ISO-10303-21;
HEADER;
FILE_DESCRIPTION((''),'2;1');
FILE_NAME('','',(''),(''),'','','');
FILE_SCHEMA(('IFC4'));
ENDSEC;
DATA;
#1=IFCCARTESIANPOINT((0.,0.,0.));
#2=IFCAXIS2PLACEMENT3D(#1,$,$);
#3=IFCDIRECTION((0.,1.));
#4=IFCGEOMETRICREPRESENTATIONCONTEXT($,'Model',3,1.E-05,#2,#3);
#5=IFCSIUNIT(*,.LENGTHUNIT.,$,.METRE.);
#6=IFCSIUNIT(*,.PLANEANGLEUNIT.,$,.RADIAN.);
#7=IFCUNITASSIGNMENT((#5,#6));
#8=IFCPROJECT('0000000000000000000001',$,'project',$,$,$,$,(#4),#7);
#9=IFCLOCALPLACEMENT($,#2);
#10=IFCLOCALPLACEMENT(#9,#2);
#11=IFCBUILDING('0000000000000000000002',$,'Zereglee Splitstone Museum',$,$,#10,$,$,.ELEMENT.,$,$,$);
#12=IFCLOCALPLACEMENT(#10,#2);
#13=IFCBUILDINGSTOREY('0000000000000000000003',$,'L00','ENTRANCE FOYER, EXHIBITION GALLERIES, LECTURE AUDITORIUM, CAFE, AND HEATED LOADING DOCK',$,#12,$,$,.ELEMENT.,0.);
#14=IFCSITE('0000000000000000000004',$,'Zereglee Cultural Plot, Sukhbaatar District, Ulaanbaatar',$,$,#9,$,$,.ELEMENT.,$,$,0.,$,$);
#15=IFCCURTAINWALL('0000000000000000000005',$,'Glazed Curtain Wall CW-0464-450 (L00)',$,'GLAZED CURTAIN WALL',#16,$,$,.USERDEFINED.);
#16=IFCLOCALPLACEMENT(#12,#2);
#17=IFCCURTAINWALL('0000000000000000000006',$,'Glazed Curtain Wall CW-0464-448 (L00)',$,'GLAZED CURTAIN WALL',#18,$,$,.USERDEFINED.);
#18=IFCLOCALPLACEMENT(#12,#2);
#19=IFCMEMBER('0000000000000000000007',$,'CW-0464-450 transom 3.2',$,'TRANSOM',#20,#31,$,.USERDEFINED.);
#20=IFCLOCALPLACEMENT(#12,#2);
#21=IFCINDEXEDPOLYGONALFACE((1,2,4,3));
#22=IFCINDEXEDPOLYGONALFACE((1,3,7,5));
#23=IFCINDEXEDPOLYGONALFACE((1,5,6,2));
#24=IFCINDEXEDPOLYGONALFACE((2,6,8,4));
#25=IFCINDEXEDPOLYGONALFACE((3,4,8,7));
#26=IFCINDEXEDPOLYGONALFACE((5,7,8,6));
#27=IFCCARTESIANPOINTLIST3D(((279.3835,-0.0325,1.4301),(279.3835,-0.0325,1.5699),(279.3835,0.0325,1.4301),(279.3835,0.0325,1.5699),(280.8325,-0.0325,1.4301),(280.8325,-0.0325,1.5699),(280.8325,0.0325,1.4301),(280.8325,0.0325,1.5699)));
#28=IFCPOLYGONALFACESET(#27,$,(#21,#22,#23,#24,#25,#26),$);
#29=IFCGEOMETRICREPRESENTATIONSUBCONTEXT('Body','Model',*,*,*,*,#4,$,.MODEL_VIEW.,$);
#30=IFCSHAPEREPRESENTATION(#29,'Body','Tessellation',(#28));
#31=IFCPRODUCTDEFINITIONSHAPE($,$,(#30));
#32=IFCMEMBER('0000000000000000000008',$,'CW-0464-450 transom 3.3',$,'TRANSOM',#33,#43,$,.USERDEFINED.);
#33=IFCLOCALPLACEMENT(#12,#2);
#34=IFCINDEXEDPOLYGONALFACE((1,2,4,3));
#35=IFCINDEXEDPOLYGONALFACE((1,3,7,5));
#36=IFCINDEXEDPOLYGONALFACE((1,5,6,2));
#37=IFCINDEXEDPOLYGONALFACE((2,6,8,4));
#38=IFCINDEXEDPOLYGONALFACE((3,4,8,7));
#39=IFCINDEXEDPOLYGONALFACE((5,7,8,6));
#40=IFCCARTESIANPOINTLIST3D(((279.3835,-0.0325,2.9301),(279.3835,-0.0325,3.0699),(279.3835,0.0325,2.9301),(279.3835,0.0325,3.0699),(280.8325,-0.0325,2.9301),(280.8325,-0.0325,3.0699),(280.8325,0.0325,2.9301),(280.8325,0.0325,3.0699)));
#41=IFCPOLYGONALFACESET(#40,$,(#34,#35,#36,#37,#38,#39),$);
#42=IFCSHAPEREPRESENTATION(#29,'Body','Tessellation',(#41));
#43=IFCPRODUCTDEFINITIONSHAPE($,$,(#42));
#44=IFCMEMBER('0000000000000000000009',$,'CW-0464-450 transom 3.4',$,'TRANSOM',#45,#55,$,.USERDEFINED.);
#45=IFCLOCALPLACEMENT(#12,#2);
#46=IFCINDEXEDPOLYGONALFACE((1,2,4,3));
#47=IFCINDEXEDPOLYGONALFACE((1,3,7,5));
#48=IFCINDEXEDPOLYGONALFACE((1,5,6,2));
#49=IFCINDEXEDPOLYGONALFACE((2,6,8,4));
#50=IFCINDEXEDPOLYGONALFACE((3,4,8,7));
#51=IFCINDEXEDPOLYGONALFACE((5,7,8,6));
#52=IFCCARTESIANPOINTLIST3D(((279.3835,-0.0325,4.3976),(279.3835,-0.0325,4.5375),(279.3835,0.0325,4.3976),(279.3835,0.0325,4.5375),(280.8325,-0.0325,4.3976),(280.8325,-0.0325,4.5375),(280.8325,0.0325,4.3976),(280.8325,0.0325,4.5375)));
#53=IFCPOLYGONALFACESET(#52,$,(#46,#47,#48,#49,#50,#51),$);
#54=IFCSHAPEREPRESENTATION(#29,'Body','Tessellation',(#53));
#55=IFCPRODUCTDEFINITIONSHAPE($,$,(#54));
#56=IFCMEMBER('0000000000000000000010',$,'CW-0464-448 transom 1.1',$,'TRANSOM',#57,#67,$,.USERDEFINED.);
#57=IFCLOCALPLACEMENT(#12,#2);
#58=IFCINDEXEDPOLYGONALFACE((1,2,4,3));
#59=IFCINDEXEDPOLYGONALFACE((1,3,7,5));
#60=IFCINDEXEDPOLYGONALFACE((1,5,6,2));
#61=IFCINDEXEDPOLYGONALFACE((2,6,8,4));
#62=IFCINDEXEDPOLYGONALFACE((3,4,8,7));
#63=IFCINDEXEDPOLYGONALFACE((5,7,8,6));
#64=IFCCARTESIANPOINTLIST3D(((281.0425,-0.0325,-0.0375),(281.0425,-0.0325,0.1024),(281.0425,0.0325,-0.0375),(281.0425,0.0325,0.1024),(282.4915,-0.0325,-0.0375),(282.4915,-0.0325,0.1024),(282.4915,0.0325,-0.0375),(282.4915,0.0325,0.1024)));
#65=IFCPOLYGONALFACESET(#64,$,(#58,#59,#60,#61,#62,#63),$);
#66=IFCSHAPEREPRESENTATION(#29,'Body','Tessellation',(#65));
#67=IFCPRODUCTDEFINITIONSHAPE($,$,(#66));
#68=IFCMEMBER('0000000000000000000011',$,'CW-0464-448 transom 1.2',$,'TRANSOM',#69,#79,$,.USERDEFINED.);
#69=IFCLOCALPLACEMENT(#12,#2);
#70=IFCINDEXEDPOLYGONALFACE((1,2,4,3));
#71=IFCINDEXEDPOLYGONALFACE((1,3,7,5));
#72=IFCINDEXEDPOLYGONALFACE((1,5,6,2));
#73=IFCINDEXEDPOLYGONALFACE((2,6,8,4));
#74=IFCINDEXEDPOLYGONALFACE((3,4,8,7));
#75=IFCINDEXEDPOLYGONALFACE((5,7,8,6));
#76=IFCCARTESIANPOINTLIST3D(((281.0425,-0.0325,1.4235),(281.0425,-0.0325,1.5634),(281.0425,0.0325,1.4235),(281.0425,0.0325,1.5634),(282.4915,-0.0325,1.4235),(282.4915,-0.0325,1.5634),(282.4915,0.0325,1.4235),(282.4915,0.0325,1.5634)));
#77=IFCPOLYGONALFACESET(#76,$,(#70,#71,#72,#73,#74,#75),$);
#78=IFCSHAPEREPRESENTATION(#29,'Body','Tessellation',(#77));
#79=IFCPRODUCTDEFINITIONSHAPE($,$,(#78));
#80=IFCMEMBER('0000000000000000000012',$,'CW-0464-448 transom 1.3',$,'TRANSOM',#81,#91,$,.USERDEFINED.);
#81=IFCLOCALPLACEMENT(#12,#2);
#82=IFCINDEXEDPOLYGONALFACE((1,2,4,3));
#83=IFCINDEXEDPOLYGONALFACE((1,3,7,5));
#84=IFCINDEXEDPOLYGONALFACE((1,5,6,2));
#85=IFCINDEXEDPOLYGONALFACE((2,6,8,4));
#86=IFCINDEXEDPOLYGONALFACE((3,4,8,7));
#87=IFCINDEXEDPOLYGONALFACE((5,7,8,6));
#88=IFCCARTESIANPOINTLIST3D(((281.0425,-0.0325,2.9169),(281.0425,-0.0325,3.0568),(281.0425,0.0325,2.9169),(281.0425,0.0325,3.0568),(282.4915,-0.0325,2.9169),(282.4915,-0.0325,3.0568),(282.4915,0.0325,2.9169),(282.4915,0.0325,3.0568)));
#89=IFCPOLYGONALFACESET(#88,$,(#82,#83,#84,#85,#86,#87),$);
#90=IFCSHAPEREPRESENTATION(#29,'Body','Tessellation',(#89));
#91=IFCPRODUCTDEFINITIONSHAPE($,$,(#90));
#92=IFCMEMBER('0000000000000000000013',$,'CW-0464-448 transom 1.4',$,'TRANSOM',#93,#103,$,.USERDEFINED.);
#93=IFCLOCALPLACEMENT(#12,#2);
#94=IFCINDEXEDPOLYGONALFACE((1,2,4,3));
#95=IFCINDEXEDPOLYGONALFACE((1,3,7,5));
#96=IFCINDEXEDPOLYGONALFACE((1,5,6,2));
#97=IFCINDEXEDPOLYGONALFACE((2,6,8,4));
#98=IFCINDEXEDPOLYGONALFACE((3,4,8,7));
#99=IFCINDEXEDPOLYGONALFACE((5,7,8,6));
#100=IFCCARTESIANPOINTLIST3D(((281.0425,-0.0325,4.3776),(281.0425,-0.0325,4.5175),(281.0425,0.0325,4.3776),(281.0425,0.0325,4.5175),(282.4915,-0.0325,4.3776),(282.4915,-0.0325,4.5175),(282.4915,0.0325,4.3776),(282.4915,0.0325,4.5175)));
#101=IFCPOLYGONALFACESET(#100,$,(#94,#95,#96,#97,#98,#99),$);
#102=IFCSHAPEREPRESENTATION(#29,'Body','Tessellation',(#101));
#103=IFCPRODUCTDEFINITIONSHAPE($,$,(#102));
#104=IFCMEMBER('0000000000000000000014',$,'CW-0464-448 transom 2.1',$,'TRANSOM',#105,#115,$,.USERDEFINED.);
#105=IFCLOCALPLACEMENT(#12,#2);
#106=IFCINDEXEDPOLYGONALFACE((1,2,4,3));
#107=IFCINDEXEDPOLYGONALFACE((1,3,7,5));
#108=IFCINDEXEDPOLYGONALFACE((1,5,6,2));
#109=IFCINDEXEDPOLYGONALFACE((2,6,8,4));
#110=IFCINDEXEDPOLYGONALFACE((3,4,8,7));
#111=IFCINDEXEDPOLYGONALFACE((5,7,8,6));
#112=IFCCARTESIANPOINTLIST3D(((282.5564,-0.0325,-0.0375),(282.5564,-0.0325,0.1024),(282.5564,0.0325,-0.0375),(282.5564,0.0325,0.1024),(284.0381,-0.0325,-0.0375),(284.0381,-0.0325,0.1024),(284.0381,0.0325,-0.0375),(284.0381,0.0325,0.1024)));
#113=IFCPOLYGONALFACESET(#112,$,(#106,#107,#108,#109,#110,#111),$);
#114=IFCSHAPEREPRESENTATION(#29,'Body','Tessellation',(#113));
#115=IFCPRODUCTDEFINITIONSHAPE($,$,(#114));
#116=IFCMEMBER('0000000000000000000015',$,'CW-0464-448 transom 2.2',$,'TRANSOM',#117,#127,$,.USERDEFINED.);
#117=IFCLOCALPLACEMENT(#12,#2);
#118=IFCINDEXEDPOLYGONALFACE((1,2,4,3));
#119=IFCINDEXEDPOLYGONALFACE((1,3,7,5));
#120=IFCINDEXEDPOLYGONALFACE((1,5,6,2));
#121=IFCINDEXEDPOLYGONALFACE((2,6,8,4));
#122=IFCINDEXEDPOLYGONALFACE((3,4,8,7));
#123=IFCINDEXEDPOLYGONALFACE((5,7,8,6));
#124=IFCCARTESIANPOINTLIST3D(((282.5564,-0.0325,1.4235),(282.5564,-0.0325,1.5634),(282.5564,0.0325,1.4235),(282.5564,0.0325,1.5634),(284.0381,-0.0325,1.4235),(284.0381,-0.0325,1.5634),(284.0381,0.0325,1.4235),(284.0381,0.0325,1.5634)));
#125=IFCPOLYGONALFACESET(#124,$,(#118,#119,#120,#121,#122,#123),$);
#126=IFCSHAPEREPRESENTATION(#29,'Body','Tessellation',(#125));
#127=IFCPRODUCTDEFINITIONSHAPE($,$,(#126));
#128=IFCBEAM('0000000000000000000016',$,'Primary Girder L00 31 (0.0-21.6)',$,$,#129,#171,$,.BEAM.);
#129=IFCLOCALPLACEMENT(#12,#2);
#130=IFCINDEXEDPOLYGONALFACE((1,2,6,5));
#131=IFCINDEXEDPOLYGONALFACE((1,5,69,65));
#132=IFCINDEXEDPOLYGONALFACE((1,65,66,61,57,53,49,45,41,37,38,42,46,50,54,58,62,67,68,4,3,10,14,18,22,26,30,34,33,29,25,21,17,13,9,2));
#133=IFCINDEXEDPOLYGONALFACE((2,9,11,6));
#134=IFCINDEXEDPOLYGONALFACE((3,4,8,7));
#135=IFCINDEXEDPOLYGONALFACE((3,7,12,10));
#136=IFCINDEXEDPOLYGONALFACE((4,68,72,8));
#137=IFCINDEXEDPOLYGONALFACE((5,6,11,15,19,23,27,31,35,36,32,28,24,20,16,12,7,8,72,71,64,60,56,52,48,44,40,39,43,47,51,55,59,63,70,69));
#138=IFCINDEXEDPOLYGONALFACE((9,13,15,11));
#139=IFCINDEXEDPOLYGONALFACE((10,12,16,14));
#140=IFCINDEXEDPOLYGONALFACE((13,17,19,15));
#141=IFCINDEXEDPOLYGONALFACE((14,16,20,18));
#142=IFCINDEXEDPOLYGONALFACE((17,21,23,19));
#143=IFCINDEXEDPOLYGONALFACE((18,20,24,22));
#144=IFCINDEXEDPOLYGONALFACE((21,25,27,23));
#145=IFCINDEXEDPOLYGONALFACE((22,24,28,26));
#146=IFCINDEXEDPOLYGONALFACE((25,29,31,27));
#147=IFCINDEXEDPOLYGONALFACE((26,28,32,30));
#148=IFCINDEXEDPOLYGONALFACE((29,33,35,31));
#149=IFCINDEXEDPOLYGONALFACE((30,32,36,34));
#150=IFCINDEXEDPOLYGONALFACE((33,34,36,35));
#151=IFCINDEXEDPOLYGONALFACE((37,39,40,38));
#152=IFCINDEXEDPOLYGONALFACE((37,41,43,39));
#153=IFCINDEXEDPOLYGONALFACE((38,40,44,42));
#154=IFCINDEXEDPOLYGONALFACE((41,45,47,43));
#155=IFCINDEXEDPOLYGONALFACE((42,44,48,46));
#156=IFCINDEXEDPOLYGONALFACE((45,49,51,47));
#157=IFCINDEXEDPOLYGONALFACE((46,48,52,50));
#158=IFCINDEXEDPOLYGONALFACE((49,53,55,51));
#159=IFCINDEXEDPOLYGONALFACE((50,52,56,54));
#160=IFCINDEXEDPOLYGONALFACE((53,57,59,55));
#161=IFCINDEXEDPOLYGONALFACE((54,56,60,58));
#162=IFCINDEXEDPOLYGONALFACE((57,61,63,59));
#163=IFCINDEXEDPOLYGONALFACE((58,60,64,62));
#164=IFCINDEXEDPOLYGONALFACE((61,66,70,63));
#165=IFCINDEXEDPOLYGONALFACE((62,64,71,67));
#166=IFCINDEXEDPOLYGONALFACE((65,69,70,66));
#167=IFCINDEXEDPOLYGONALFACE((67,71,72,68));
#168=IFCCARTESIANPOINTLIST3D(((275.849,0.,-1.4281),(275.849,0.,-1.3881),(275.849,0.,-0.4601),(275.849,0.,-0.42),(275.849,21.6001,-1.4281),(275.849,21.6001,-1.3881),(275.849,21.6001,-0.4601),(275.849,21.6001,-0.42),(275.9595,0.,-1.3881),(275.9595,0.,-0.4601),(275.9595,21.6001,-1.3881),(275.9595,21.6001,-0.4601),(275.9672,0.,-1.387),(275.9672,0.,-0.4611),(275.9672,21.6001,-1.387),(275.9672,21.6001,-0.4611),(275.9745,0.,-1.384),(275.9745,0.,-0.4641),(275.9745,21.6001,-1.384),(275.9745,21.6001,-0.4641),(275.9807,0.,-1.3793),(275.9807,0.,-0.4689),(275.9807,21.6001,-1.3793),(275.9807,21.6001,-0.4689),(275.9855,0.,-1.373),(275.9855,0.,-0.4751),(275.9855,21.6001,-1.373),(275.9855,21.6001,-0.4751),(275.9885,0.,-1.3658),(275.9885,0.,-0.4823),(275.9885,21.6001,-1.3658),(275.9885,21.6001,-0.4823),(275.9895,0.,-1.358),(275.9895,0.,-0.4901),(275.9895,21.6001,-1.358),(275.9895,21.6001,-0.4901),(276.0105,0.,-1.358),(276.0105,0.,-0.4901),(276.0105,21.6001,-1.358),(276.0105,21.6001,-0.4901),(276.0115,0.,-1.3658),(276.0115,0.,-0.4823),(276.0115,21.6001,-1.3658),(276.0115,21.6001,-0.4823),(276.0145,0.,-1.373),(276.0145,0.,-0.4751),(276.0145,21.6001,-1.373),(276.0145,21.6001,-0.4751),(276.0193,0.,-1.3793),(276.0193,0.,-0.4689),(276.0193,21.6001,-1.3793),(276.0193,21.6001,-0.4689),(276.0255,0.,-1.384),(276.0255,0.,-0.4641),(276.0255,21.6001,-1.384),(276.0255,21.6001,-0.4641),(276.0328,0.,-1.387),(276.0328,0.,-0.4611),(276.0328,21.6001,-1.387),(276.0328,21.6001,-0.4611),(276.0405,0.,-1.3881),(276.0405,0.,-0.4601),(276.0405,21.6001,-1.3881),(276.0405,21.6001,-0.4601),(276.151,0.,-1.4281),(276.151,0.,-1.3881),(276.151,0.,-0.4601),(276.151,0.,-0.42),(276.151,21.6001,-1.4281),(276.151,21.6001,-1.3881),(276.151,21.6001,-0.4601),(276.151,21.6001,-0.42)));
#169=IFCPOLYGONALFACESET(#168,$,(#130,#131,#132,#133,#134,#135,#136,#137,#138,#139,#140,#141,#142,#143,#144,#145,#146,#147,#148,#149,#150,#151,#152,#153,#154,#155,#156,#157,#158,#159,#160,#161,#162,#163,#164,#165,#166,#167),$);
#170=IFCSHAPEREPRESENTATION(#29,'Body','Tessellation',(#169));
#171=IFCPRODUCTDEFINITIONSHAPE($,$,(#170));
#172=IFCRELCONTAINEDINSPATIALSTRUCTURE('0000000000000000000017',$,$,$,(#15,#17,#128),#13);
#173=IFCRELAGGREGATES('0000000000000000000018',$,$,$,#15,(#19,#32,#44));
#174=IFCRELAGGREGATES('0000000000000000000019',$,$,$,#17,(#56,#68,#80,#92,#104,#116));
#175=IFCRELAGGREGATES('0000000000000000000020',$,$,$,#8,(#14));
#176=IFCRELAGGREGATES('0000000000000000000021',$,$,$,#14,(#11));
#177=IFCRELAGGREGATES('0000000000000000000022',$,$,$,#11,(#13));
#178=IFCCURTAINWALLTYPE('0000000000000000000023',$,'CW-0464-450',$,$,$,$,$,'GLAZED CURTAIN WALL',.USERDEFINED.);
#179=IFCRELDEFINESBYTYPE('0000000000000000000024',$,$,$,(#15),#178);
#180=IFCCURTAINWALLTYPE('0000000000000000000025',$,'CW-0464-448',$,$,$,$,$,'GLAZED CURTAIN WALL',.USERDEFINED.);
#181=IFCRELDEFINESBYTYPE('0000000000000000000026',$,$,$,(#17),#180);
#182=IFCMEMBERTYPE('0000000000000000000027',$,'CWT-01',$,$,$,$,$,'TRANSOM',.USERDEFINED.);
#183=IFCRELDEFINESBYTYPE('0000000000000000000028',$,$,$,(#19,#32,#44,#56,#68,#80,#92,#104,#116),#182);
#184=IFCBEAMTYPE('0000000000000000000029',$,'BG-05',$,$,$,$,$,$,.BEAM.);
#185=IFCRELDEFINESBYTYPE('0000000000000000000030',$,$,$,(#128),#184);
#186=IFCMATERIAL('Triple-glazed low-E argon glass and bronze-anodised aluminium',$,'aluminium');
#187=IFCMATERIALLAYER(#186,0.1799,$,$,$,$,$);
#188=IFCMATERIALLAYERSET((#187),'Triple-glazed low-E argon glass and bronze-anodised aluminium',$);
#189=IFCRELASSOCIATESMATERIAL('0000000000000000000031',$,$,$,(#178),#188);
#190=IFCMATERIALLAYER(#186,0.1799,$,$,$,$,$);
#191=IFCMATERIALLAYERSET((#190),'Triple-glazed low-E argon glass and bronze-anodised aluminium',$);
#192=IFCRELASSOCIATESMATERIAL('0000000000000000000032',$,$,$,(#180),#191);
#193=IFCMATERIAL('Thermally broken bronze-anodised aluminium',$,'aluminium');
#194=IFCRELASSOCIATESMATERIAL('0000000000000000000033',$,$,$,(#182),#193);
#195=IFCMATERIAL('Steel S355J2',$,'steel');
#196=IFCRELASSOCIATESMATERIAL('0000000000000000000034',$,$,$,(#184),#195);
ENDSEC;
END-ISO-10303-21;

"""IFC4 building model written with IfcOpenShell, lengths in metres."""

from ifc_helpers import new_model, si_unit, direction, frame, origin, origin_2d, place, context, subcontext, project, spatial, rectangle, i_section, extrude, material, layer, layer_set, material_profile, profile_set, type_object, element, aggregate, save


model = new_model("IFC4")

# Units and contexts
model_context = context("Model", 3, precision=1e-05, world=origin(), true_north=direction((0.0, 1.0)))
body_context = subcontext(model_context, "Body", "Model", "MODEL_VIEW")
ifc_project = project(units=[si_unit("LENGTHUNIT", "METRE"), si_unit("PLANEANGLEUNIT", "RADIAN")], contexts=[model_context])

# Site, building, storey
site_placement = place(None, origin())
site = spatial("IfcSite", under=ifc_project, at=site_placement, Name="Zereglee Cultural Plot, Sukhbaatar District, Ulaanbaatar", CompositionType="ELEMENT", RefElevation=0.0)
building_placement = place(site_placement, origin())
building = spatial("IfcBuilding", under=site, at=building_placement, Name="Zereglee Splitstone Museum", CompositionType="ELEMENT")
storey_placement = place(building_placement, origin())
storey = spatial("IfcBuildingStorey", under=building, at=storey_placement, Name="L00", Description="ENTRANCE FOYER, EXHIBITION GALLERIES, LECTURE AUDITORIUM, CAFE, AND HEATED LOADING DOCK", CompositionType="ELEMENT", Elevation=0.0)

# Curtain walls
ifc_material_1 = material(Name="Triple-glazed low-E argon glass and bronze-anodised aluminium", Category="aluminium")
ifc_layer_1 = layer(ifc_material_1, 0.1799)
ifc_layer_set_1 = layer_set([ifc_layer_1], Name="Triple-glazed low-E argon glass and bronze-anodised aluminium")
curtain_wall_type_1 = type_object("IfcCurtainWallType", Name="CW-0464-450", ElementType="GLAZED CURTAIN WALL", PredefinedType="USERDEFINED", material=ifc_layer_set_1)
curtain_wall_1_placement = place(storey_placement, origin())
curtain_wall_1 = element("IfcCurtainWall", 1, at=curtain_wall_1_placement, inside=storey, type_object=curtain_wall_type_1, Name="Glazed Curtain Wall CW-0464-450 (L00)", ObjectType="GLAZED CURTAIN WALL", PredefinedType="USERDEFINED")
ifc_material_2 = material(Name="Thermally broken bronze-anodised aluminium", Category="aluminium")
ifc_layer_2 = layer(ifc_material_1, 0.1799)
ifc_layer_set_2 = layer_set([ifc_layer_2], Name="Triple-glazed low-E argon glass and bronze-anodised aluminium")
curtain_wall_type_2 = type_object("IfcCurtainWallType", Name="CW-0464-448", ElementType="GLAZED CURTAIN WALL", PredefinedType="USERDEFINED", material=ifc_layer_set_2)
curtain_wall_2_placement = place(storey_placement, origin())
curtain_wall_2 = element("IfcCurtainWall", 2, at=curtain_wall_2_placement, inside=storey, type_object=curtain_wall_type_2, Name="Glazed Curtain Wall CW-0464-448 (L00)", ObjectType="GLAZED CURTAIN WALL", PredefinedType="USERDEFINED")

# Members
ifc_material_profile_1 = material_profile(ifc_material_2, rectangle(XDim=0.0649, YDim=0.1399, at=origin_2d()), Name="CW TRAN 65x140")
ifc_profile_set_1 = profile_set([ifc_material_profile_1], Name="Thermally broken bronze-anodised aluminium")
member_type_1 = type_object("IfcMemberType", Name="CWT-01", ElementType="TRANSOM", PredefinedType="USERDEFINED", material=ifc_profile_set_1)
member_1_placement = place(storey_placement, frame((279.3835, 0.0, 1.5), z_axis=(1.0, 0.0, 0.0), x_axis=(0.0, 1.0, 0.0)))
member_1 = element("IfcMember", 3, at=member_1_placement, type_object=member_type_1, Name="CW-0464-450 transom 3.2", ObjectType="TRANSOM", PredefinedType="USERDEFINED", context=body_context, shape_type="SweptSolid", body=[
    extrude(rectangle(XDim=0.0649, YDim=0.1399, at=origin_2d()), origin(), (0.0, 0.0, 1.0), 1.449),
])
member_2_placement = place(storey_placement, frame((279.3835, 0.0, 3.0), z_axis=(1.0, 0.0, 0.0), x_axis=(0.0, 1.0, 0.0)))
member_2 = element("IfcMember", 4, at=member_2_placement, type_object=member_type_1, Name="CW-0464-450 transom 3.3", ObjectType="TRANSOM", PredefinedType="USERDEFINED", context=body_context, shape_type="SweptSolid", body=[
    extrude(rectangle(XDim=0.0649, YDim=0.1399, at=origin_2d()), origin(), (0.0, 0.0, 1.0), 1.449),
])
member_3_placement = place(storey_placement, frame((279.3835, 0.0, 4.4675), z_axis=(1.0, 0.0, 0.0), x_axis=(0.0, 1.0, 0.0)))
member_3 = element("IfcMember", 5, at=member_3_placement, type_object=member_type_1, Name="CW-0464-450 transom 3.4", ObjectType="TRANSOM", PredefinedType="USERDEFINED", context=body_context, shape_type="SweptSolid", body=[
    extrude(rectangle(XDim=0.0649, YDim=0.1399, at=origin_2d()), origin(), (0.0, 0.0, 1.0), 1.449),
])
member_4_placement = place(storey_placement, frame((281.0425, 0.0, 0.0325), z_axis=(1.0, 0.0, 0.0), x_axis=(0.0, 1.0, 0.0)))
member_4 = element("IfcMember", 6, at=member_4_placement, type_object=member_type_1, Name="CW-0464-448 transom 1.1", ObjectType="TRANSOM", PredefinedType="USERDEFINED", context=body_context, shape_type="SweptSolid", body=[
    extrude(rectangle(XDim=0.0649, YDim=0.1399, at=origin_2d()), origin(), (0.0, 0.0, 1.0), 1.449),
])
member_5_placement = place(storey_placement, frame((281.0425, 0.0, 1.4934), z_axis=(1.0, 0.0, 0.0), x_axis=(0.0, 1.0, 0.0)))
member_5 = element("IfcMember", 7, at=member_5_placement, type_object=member_type_1, Name="CW-0464-448 transom 1.2", ObjectType="TRANSOM", PredefinedType="USERDEFINED", context=body_context, shape_type="SweptSolid", body=[
    extrude(rectangle(XDim=0.0649, YDim=0.1399, at=origin_2d()), origin(), (0.0, 0.0, 1.0), 1.449),
])
member_6_placement = place(storey_placement, frame((281.0425, 0.0, 2.9868), z_axis=(1.0, 0.0, 0.0), x_axis=(0.0, 1.0, 0.0)))
member_6 = element("IfcMember", 8, at=member_6_placement, type_object=member_type_1, Name="CW-0464-448 transom 1.3", ObjectType="TRANSOM", PredefinedType="USERDEFINED", context=body_context, shape_type="SweptSolid", body=[
    extrude(rectangle(XDim=0.0649, YDim=0.1399, at=origin_2d()), origin(), (0.0, 0.0, 1.0), 1.449),
])
member_7_placement = place(storey_placement, frame((281.0425, 0.0, 4.4475), z_axis=(1.0, 0.0, 0.0), x_axis=(0.0, 1.0, 0.0)))
member_7 = element("IfcMember", 9, at=member_7_placement, type_object=member_type_1, Name="CW-0464-448 transom 1.4", ObjectType="TRANSOM", PredefinedType="USERDEFINED", context=body_context, shape_type="SweptSolid", body=[
    extrude(rectangle(XDim=0.0649, YDim=0.1399, at=origin_2d()), origin(), (0.0, 0.0, 1.0), 1.449),
])
member_8_placement = place(storey_placement, frame((282.5564, 0.0, 0.0325), z_axis=(1.0, 0.0, 0.0), x_axis=(0.0, 1.0, 0.0)))
member_8 = element("IfcMember", 10, at=member_8_placement, type_object=member_type_1, Name="CW-0464-448 transom 2.1", ObjectType="TRANSOM", PredefinedType="USERDEFINED", context=body_context, shape_type="SweptSolid", body=[
    extrude(rectangle(XDim=0.0649, YDim=0.1399, at=origin_2d()), origin(), (0.0, 0.0, 1.0), 1.4817),
])
member_9_placement = place(storey_placement, frame((282.5564, 0.0, 1.4934), z_axis=(1.0, 0.0, 0.0), x_axis=(0.0, 1.0, 0.0)))
member_9 = element("IfcMember", 11, at=member_9_placement, type_object=member_type_1, Name="CW-0464-448 transom 2.2", ObjectType="TRANSOM", PredefinedType="USERDEFINED", context=body_context, shape_type="SweptSolid", body=[
    extrude(rectangle(XDim=0.0649, YDim=0.1399, at=origin_2d()), origin(), (0.0, 0.0, 1.0), 1.4817),
])

# Beam
ifc_material_3 = material(Name="Steel S355J2", Category="steel")
ifc_material_profile_2 = material_profile(ifc_material_3, i_section(OverallWidth=0.302, OverallDepth=1.0081, WebThickness=0.021, FlangeThickness=0.04, FilletRadius=0.03, at=origin_2d()), Name="HE 1000 M")
ifc_profile_set_2 = profile_set([ifc_material_profile_2], Name="Steel S355J2")
beam_type_1 = type_object("IfcBeamType", Name="BG-05", PredefinedType="BEAM", material=ifc_profile_set_2)
beam_1_placement = place(storey_placement, frame((276.0, 0.0, -0.9241), z_axis=(0.0, 1.0, 0.0), x_axis=(-1.0, 0.0, 0.0)))
element("IfcBeam", 12, at=beam_1_placement, inside=storey, type_object=beam_type_1, Name="Primary Girder L00 31 (0.0-21.6)", PredefinedType="BEAM", context=body_context, shape_type="SweptSolid", body=[
    extrude(i_section(OverallWidth=0.302, OverallDepth=1.0081, WebThickness=0.021, FlangeThickness=0.04, FilletRadius=0.03, at=origin_2d()), origin(), (0.0, 0.0, 1.0), 21.6001),
])

aggregate(curtain_wall_1, [member_1, member_2, member_3])
aggregate(curtain_wall_2, [member_4, member_5, member_6, member_7, member_8, member_9])

save(model, "model.ifc")
